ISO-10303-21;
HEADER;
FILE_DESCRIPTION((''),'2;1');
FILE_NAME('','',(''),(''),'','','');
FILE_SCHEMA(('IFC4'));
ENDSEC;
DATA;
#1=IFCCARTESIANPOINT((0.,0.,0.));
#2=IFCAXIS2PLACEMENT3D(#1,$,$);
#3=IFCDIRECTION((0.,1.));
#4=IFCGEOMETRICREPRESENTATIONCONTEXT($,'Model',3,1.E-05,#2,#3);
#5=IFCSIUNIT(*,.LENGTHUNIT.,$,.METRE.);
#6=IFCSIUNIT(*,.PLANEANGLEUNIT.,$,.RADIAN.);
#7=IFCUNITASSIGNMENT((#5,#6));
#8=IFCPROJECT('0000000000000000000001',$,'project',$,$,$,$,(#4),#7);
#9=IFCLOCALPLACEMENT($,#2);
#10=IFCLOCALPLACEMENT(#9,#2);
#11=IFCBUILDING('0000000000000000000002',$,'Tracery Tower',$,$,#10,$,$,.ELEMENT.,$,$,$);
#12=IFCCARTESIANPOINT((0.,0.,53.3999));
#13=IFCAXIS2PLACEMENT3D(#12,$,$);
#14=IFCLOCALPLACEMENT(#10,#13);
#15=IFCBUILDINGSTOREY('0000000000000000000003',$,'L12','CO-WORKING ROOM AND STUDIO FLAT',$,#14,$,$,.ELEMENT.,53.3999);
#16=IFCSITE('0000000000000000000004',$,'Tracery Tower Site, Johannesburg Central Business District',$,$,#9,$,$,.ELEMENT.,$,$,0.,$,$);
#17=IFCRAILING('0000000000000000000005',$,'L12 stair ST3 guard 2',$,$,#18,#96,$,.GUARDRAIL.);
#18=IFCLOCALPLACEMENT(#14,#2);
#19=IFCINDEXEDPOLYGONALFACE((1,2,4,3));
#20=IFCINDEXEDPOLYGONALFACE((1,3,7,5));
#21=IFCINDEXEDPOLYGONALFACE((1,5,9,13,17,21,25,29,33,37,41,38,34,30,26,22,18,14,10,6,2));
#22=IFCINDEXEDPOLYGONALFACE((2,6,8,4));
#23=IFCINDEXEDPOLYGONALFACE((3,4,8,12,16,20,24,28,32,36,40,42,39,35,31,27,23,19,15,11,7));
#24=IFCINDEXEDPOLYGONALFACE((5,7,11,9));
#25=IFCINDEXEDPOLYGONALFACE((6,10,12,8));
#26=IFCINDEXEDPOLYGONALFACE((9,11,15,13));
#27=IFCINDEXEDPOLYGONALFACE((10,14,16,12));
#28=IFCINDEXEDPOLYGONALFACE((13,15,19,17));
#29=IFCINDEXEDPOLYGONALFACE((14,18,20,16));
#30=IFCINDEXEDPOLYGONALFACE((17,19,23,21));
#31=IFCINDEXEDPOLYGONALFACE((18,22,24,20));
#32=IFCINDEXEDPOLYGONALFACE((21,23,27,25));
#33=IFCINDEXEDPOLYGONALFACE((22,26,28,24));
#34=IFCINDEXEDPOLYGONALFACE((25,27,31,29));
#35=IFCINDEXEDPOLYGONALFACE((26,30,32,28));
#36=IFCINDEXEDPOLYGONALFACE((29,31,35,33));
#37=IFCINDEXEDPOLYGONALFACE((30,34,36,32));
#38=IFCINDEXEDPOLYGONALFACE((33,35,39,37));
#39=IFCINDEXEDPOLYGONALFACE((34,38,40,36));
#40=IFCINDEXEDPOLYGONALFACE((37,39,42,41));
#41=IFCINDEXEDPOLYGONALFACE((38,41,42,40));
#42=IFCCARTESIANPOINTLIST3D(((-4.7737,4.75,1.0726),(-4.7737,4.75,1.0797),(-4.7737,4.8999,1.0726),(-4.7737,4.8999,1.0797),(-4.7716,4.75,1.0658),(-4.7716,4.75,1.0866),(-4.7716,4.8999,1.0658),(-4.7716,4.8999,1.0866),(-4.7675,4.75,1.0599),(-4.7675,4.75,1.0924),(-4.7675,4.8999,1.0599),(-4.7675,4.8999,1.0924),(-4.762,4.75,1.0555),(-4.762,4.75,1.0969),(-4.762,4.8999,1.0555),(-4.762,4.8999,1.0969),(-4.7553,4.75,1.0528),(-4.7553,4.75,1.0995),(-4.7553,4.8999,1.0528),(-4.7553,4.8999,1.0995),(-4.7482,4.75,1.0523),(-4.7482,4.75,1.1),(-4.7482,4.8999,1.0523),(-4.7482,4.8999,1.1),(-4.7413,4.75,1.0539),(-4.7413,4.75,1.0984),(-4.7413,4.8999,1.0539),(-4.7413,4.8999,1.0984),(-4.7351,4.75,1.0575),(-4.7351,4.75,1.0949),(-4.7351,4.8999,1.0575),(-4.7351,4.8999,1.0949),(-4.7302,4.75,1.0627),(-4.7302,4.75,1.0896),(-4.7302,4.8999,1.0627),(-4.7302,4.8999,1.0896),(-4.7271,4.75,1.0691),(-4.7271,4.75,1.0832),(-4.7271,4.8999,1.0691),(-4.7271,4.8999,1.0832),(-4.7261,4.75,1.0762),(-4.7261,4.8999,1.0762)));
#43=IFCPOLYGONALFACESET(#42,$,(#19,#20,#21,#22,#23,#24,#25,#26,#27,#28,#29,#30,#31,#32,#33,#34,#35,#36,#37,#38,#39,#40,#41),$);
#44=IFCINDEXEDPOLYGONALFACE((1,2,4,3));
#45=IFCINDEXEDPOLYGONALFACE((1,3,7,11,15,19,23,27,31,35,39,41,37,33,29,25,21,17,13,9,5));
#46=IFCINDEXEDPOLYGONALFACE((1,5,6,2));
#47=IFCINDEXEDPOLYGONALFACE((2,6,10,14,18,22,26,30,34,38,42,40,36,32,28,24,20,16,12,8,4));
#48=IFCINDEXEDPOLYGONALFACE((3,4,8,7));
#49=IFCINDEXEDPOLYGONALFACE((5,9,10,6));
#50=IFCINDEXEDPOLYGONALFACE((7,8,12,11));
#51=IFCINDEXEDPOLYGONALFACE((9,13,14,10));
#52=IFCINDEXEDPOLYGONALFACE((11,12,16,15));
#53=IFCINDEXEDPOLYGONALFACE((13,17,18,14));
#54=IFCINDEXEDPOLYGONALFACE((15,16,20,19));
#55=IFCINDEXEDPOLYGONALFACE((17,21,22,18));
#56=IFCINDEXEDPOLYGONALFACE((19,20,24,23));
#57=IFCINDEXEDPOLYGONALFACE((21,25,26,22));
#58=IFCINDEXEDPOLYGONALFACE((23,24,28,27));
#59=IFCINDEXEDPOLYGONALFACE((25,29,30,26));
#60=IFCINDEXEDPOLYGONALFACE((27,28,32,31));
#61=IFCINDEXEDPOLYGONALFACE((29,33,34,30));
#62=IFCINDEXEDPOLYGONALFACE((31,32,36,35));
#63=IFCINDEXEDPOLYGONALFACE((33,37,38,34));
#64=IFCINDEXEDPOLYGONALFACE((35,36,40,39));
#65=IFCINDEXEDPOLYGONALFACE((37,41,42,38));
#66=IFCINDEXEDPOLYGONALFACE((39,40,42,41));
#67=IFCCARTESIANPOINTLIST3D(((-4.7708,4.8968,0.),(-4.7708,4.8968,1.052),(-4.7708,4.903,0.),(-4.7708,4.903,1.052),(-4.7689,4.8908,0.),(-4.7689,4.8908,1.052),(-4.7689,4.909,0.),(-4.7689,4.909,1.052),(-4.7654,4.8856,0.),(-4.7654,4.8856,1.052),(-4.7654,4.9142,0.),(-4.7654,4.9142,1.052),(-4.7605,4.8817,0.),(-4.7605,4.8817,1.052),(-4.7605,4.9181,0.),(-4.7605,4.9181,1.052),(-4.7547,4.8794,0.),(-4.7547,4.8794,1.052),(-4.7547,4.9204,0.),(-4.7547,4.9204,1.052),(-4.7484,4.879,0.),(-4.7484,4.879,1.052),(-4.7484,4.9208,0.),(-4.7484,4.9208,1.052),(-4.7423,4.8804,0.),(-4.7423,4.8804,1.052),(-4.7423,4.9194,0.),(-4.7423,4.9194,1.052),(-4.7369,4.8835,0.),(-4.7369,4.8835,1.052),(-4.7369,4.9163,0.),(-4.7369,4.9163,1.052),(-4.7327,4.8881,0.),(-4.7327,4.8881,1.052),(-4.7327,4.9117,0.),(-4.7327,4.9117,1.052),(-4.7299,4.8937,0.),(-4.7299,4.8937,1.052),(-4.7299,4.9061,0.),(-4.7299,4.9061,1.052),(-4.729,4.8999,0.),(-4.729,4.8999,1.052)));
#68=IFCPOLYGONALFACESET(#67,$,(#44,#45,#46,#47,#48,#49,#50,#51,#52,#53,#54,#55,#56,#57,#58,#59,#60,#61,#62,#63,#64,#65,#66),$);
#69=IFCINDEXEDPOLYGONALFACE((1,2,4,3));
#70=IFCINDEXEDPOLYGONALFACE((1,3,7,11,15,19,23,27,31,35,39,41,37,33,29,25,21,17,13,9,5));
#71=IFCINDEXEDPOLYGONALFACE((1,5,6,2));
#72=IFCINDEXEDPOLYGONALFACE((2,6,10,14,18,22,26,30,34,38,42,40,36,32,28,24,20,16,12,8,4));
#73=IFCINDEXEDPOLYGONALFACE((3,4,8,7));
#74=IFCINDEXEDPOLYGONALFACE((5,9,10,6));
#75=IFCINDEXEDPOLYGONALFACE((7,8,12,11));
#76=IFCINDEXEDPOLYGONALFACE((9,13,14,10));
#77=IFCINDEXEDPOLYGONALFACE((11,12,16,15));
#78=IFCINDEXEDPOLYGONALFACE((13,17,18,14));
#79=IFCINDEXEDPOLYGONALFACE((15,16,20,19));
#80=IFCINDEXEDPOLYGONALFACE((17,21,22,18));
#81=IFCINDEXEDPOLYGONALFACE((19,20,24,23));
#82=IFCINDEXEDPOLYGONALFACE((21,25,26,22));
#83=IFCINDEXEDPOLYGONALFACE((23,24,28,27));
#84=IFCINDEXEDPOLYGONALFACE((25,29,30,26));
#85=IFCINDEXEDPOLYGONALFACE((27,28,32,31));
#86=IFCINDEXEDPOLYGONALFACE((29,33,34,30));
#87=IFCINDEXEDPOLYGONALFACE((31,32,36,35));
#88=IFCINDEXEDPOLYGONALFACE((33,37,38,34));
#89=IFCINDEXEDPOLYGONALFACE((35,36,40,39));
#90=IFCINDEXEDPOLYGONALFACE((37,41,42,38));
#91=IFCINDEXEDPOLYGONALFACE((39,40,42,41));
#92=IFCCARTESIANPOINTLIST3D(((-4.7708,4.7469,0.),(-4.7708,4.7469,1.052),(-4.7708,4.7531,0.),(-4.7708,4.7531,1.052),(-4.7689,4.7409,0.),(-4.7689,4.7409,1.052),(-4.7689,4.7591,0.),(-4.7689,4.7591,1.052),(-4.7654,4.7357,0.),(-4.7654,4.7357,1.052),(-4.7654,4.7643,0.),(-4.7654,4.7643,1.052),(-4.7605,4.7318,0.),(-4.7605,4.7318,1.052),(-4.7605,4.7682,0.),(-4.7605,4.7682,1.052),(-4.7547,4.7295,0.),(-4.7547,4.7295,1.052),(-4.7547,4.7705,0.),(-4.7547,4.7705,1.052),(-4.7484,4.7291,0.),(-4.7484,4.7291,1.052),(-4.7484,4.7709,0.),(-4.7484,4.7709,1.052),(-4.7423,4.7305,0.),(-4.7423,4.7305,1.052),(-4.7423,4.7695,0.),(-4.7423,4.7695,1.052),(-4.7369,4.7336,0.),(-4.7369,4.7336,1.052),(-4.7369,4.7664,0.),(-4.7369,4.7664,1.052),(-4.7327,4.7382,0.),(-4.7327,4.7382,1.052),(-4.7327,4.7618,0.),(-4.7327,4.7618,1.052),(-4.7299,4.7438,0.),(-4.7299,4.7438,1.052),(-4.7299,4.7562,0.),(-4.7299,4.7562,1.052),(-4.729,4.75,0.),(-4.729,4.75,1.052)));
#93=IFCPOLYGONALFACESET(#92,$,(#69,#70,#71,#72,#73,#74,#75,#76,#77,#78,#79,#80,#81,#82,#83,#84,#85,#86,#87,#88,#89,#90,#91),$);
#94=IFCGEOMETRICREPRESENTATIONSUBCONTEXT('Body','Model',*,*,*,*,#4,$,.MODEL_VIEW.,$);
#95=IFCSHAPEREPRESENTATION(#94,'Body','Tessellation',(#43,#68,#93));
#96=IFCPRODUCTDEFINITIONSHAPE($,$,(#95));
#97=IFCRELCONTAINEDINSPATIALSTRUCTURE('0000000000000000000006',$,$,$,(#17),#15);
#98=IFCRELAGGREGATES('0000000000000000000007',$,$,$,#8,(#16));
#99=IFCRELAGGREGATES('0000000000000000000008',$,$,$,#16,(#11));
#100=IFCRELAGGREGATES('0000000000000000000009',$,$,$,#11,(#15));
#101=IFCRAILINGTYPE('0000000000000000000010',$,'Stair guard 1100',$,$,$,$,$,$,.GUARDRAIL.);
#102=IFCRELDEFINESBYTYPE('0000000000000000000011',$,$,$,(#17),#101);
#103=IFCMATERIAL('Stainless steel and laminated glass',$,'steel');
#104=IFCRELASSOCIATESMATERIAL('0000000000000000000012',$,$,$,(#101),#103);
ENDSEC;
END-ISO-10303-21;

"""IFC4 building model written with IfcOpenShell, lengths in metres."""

from ifc_helpers import new_model, si_unit, direction, frame, origin, origin_2d, place, context, subcontext, project, spatial, circle, extrude, material, type_object, element, save


model = new_model("IFC4")

# Units and contexts
model_context = context("Model", 3, precision=1e-05, world=origin(), true_north=direction((0.0, 1.0)))
body_context = subcontext(model_context, "Body", "Model", "MODEL_VIEW")
ifc_project = project(units=[si_unit("LENGTHUNIT", "METRE"), si_unit("PLANEANGLEUNIT", "RADIAN")], contexts=[model_context])

# Site, building, storey
site_placement = place(None, origin())
site = spatial("IfcSite", under=ifc_project, at=site_placement, Name="Tracery Tower Site, Johannesburg Central Business District", CompositionType="ELEMENT", RefElevation=0.0)
building_placement = place(site_placement, origin())
building = spatial("IfcBuilding", under=site, at=building_placement, Name="Tracery Tower", CompositionType="ELEMENT")
storey_placement = place(building_placement, frame((0.0, 0.0, 53.3999)))
storey = spatial("IfcBuildingStorey", under=building, at=storey_placement, Name="L12", Description="CO-WORKING ROOM AND STUDIO FLAT", CompositionType="ELEMENT", Elevation=53.3999)

# Railing
ifc_material_1 = material(Name="Stainless steel and laminated glass", Category="steel")
railing_type_1 = type_object("IfcRailingType", Name="Stair guard 1100", PredefinedType="GUARDRAIL", material=ifc_material_1)
railing_1_placement = place(storey_placement, frame((-4.75, 4.8999, 0.0)))
element("IfcRailing", 1, at=railing_1_placement, inside=storey, type_object=railing_type_1, Name="L12 stair ST3 guard 2", PredefinedType="GUARDRAIL", context=body_context, shape_type="SweptSolid", body=[
    extrude(circle(Radius=0.0239, at=origin_2d()), frame((0.0, 0.0, 1.0762), z_axis=(0.0, -1.0, 0.0), x_axis=(1.0, 0.0, 0.0)), (0.0, 0.0, 1.0), 0.1499),
    extrude(circle(Radius=0.021, at=origin_2d()), origin(), (0.0, 0.0, 1.0), 1.052),
    extrude(circle(Radius=0.021, at=origin_2d()), frame((0.0, -0.1499, 0.0)), (0.0, 0.0, 1.0), 1.052),
])

save(model, "model.ifc")
